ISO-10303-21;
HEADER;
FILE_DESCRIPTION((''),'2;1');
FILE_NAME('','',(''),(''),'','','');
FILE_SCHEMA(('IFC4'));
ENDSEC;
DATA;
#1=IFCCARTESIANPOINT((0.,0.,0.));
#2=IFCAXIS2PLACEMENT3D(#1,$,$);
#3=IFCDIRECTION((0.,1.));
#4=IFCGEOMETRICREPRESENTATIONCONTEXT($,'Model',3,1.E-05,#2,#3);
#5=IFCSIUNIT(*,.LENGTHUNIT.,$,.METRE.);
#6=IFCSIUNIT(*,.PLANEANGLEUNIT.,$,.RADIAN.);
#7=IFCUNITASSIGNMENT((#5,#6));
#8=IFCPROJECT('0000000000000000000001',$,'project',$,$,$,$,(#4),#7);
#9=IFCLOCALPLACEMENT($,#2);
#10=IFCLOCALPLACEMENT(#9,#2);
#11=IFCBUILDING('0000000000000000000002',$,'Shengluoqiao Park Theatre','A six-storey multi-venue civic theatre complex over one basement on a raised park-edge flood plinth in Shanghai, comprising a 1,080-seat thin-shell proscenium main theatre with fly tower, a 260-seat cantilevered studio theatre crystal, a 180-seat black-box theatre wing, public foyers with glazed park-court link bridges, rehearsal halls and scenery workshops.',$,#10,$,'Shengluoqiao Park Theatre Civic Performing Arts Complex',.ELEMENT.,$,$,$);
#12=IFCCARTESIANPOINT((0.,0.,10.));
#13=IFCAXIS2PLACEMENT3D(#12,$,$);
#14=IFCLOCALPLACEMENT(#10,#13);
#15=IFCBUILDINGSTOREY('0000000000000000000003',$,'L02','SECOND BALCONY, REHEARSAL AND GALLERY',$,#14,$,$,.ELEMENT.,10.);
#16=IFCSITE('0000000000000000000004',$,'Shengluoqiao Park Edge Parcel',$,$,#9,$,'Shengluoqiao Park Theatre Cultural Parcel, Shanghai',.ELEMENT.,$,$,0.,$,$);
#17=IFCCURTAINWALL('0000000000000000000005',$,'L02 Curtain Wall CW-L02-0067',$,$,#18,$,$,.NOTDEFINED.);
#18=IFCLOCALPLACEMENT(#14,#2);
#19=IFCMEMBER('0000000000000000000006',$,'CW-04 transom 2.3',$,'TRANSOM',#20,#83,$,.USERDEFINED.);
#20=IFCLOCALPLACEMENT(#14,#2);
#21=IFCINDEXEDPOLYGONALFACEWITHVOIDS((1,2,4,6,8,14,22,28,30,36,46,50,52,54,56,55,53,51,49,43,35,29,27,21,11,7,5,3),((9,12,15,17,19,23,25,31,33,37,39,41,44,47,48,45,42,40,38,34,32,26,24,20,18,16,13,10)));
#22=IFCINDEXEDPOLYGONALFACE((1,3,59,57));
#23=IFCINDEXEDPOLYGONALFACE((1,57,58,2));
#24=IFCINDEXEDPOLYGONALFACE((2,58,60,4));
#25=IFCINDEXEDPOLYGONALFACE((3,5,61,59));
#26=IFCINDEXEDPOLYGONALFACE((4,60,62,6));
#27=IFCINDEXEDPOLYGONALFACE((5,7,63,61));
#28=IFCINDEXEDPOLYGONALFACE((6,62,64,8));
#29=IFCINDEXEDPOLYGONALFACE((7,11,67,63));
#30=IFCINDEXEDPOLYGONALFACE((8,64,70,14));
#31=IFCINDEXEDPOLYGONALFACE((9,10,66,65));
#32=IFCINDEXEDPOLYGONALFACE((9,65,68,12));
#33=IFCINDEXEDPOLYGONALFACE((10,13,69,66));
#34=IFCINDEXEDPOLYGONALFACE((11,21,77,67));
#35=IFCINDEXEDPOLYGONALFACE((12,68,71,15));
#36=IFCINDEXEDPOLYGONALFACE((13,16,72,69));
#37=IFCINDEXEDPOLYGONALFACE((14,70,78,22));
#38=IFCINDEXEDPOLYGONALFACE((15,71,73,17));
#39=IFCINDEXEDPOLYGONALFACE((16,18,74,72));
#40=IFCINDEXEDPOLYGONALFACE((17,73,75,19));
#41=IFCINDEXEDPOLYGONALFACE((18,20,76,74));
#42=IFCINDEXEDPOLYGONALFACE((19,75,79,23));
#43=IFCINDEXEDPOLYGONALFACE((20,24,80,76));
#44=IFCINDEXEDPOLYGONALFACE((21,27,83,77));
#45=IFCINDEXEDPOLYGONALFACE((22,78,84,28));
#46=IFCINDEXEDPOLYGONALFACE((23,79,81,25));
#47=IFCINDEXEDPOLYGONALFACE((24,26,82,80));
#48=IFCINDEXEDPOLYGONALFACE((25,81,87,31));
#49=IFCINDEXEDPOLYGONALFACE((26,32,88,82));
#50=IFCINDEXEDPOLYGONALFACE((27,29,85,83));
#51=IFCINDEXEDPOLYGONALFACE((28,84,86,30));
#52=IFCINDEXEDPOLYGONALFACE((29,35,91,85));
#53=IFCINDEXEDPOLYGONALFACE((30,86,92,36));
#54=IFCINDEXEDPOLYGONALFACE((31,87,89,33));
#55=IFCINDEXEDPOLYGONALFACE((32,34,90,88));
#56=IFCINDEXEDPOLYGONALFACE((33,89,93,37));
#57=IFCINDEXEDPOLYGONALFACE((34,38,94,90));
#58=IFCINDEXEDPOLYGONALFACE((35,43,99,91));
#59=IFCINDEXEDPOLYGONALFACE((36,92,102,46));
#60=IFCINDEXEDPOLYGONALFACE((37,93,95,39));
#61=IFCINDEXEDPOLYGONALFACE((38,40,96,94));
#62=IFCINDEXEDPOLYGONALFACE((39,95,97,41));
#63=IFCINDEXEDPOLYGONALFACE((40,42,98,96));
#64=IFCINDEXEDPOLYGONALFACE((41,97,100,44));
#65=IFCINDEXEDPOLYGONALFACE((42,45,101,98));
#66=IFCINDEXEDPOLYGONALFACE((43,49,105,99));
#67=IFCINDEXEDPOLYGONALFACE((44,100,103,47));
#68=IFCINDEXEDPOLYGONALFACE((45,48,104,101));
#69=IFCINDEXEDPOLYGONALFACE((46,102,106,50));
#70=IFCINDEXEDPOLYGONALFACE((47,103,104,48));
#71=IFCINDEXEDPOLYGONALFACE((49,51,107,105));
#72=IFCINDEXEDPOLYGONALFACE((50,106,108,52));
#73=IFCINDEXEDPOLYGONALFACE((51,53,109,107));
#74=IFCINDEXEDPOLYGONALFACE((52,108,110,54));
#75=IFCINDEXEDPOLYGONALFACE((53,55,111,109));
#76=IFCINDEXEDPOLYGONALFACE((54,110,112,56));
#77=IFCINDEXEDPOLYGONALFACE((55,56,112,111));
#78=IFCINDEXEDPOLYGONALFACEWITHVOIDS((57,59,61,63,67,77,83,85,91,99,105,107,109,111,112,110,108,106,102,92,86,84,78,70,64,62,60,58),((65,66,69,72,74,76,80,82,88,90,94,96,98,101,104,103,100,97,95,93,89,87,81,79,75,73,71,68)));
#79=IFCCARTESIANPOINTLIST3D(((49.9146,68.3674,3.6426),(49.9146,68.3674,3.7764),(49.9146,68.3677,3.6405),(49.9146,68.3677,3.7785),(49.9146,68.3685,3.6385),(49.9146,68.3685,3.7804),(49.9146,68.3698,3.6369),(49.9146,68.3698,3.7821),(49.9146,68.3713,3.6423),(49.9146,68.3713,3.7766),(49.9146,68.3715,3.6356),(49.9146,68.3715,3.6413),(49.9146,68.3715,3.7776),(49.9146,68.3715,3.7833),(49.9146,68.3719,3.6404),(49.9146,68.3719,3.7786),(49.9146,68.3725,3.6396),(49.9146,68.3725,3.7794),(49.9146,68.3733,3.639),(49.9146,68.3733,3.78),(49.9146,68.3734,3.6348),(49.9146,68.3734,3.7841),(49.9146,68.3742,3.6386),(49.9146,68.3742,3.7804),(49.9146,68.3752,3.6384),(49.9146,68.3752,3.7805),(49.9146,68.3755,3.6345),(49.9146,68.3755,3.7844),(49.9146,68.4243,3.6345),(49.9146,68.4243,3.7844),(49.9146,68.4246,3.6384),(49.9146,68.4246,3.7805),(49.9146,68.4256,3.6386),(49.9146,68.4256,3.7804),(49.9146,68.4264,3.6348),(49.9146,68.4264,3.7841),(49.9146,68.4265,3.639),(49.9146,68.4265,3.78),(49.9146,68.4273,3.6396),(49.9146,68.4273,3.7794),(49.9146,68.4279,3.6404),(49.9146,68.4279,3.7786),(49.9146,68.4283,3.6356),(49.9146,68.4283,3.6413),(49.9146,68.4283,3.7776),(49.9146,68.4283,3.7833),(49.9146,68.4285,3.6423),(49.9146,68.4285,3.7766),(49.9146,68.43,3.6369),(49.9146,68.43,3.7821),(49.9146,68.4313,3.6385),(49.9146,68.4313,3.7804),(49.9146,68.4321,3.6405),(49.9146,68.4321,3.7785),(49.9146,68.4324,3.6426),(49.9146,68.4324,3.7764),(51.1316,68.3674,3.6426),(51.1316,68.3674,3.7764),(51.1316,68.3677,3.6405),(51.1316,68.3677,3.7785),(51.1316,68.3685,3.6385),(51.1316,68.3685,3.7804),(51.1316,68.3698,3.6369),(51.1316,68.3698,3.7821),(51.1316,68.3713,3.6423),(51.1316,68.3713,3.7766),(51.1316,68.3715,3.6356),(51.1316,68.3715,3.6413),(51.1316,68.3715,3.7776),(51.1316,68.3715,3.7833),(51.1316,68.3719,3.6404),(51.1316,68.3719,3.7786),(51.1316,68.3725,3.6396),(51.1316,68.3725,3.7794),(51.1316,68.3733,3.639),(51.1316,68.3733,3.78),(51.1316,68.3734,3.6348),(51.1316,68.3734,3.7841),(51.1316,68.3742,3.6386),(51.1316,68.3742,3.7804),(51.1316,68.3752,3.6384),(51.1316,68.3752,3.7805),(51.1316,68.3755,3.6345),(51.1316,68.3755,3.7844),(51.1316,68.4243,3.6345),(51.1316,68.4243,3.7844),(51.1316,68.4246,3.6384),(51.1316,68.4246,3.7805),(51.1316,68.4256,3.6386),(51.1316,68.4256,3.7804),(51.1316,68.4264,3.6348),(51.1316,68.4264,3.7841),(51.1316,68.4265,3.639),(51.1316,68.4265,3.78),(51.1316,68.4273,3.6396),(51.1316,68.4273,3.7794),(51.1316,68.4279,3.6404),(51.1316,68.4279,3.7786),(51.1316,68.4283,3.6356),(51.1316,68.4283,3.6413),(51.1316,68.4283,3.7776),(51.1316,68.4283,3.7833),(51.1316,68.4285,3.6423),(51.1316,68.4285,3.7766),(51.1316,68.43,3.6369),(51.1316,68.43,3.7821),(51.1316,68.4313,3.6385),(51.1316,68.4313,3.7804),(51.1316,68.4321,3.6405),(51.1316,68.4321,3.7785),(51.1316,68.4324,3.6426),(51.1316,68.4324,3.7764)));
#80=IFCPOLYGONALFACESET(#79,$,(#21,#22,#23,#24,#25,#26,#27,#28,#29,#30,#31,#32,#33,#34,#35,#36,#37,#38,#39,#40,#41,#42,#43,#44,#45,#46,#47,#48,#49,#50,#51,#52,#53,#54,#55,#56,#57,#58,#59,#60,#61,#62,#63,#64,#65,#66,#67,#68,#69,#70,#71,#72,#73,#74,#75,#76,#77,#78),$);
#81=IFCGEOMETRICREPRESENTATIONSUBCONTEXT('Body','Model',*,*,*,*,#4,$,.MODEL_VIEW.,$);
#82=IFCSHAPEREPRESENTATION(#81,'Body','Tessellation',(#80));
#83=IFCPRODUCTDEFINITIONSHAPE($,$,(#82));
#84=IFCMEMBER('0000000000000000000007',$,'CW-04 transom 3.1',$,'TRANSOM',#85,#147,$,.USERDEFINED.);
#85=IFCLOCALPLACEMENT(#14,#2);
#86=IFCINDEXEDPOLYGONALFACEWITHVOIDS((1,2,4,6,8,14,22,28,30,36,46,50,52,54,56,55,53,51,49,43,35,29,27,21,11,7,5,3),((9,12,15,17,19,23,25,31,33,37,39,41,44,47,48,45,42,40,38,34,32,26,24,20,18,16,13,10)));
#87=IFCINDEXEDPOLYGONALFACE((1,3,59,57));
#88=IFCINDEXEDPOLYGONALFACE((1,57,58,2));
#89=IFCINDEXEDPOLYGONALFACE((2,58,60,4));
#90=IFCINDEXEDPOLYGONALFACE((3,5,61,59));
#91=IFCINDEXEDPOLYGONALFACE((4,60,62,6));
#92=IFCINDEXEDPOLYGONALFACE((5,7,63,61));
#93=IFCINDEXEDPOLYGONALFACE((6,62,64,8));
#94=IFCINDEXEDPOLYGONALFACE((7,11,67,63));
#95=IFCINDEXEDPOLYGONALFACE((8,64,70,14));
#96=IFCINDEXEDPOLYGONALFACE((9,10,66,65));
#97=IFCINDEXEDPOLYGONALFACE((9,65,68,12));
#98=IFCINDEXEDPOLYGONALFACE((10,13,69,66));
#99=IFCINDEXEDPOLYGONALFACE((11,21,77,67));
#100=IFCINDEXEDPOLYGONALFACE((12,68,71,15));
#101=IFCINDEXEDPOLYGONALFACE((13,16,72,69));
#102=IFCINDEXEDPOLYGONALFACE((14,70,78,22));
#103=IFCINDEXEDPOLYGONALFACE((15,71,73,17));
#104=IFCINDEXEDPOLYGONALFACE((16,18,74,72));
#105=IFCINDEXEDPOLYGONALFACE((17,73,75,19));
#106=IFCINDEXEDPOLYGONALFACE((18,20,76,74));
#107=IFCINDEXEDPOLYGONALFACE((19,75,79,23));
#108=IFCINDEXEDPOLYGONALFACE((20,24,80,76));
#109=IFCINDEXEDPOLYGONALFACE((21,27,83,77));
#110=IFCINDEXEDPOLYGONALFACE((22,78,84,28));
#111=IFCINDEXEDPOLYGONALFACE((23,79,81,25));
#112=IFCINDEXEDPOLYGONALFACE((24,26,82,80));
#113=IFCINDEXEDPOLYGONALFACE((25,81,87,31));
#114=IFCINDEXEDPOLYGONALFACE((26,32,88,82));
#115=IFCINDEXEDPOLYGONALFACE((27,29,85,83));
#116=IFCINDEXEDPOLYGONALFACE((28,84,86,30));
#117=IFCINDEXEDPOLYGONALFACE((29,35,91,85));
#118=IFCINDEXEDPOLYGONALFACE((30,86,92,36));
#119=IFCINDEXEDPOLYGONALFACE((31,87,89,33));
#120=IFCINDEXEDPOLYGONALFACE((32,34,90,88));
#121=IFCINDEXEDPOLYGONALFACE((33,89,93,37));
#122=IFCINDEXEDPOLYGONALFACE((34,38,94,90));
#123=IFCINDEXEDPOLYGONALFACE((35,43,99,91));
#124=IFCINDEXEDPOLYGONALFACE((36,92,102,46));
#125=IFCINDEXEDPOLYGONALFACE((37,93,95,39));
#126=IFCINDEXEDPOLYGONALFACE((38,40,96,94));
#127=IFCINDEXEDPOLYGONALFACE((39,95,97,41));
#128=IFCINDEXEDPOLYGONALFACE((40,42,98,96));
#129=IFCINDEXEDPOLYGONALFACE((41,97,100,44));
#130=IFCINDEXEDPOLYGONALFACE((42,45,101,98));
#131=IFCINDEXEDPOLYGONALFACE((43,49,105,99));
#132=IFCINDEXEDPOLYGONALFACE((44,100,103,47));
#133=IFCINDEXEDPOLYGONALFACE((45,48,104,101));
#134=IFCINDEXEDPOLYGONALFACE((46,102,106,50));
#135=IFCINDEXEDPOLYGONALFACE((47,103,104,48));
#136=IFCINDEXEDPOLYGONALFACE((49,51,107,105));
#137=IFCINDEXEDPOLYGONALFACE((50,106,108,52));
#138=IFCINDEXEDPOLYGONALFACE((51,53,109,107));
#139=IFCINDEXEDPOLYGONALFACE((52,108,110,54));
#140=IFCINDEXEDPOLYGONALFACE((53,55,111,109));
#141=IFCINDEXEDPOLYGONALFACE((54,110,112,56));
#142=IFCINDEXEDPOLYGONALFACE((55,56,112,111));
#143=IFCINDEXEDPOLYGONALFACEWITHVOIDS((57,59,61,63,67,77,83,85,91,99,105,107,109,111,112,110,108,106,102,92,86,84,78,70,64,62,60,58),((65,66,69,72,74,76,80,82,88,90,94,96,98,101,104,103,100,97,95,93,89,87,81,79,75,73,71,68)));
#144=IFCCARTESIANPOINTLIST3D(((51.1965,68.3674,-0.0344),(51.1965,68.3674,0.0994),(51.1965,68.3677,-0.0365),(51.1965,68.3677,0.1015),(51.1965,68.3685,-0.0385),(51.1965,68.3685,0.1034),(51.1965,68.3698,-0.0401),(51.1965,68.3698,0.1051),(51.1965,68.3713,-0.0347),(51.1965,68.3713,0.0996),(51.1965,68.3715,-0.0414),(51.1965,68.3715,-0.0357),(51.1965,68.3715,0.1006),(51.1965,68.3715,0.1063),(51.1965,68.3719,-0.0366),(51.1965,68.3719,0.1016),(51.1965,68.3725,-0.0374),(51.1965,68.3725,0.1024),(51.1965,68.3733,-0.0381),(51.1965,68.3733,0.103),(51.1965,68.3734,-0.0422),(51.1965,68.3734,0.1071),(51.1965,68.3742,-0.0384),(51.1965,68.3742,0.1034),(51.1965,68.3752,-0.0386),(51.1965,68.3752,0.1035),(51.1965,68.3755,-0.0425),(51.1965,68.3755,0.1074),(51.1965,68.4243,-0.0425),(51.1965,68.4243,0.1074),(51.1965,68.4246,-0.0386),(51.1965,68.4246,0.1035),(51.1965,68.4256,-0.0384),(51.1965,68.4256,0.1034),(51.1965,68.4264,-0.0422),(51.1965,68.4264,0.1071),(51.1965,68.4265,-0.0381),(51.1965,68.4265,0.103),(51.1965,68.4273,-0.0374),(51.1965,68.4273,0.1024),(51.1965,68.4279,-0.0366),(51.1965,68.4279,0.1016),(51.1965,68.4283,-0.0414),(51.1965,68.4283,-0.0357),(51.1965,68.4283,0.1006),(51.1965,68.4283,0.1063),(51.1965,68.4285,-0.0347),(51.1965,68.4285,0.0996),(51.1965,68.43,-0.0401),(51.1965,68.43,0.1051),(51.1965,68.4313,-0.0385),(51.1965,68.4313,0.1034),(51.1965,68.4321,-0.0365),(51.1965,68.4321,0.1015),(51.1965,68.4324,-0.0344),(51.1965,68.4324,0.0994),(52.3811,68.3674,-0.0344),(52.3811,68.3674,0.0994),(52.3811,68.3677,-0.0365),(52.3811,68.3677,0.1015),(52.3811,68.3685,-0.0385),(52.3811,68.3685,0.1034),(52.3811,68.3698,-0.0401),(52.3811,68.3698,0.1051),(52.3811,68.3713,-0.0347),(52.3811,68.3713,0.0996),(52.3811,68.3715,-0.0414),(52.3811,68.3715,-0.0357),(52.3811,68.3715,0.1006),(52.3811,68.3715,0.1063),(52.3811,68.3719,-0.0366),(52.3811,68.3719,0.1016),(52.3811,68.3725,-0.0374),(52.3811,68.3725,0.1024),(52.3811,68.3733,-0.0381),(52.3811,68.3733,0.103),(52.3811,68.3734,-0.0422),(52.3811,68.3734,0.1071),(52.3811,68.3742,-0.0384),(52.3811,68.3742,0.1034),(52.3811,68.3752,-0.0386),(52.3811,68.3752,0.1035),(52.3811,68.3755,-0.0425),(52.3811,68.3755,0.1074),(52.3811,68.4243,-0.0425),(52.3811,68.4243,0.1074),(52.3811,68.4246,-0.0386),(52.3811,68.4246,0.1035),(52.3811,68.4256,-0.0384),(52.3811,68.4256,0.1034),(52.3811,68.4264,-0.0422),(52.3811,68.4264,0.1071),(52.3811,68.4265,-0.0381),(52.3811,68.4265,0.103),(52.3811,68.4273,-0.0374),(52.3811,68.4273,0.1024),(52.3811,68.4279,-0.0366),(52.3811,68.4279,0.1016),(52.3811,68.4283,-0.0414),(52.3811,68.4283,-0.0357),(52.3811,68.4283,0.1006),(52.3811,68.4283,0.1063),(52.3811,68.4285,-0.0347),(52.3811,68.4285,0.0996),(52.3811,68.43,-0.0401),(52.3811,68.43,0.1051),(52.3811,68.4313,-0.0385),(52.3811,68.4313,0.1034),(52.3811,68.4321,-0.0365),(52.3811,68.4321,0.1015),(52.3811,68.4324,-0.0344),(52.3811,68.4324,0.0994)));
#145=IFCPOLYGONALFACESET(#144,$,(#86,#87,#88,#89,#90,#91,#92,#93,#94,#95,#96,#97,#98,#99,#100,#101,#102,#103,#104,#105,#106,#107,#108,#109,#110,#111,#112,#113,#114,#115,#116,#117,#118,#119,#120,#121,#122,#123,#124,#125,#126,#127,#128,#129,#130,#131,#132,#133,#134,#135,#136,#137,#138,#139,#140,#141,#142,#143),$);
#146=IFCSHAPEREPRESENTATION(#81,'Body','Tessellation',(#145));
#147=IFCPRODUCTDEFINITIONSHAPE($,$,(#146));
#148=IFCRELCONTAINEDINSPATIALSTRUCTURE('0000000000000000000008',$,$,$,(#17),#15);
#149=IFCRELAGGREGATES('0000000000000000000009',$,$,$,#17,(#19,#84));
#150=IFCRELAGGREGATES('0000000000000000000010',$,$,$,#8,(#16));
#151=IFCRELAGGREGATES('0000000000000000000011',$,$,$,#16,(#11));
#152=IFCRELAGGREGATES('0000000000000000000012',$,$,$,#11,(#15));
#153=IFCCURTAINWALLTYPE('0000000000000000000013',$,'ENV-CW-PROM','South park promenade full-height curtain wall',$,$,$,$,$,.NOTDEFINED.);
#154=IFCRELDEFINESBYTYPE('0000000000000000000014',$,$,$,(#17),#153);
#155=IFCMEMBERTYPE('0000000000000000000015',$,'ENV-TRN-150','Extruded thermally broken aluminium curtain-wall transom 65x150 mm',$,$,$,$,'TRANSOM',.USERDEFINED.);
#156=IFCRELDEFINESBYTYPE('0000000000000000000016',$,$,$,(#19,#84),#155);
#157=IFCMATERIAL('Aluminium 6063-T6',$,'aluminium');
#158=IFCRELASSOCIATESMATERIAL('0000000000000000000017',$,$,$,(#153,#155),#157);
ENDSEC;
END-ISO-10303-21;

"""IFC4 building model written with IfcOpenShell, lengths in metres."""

from ifc_helpers import new_model, si_unit, direction, frame, origin, origin_2d, place, context, subcontext, project, spatial, hollow_rectangle, extrude, material, material_profile, profile_set, type_object, element, aggregate, save


model = new_model("IFC4")

# Units and contexts
model_context = context("Model", 3, precision=1e-05, world=origin(), true_north=direction((0.0, 1.0)))
body_context = subcontext(model_context, "Body", "Model", "MODEL_VIEW")
ifc_project = project(units=[si_unit("LENGTHUNIT", "METRE"), si_unit("PLANEANGLEUNIT", "RADIAN")], contexts=[model_context])

# Site, building, storey
site_placement = place(None, origin())
site = spatial("IfcSite", under=ifc_project, at=site_placement, Name="Shengluoqiao Park Edge Parcel", LongName="Shengluoqiao Park Theatre Cultural Parcel, Shanghai", CompositionType="ELEMENT", RefElevation=0.0)
building_placement = place(site_placement, origin())
building = spatial("IfcBuilding", under=site, at=building_placement, Name="Shengluoqiao Park Theatre", Description="A six-storey multi-venue civic theatre complex over one basement on a raised park-edge flood plinth in Shanghai, comprising a 1,080-seat thin-shell proscenium main theatre with fly tower, a 260-seat cantilevered studio theatre crystal, a 180-seat black-box theatre wing, public foyers with glazed park-court link bridges, rehearsal halls and scenery workshops.", LongName="Shengluoqiao Park Theatre Civic Performing Arts Complex", CompositionType="ELEMENT")
storey_placement = place(building_placement, frame((0.0, 0.0, 10.0)))
storey = spatial("IfcBuildingStorey", under=building, at=storey_placement, Name="L02", Description="SECOND BALCONY, REHEARSAL AND GALLERY", CompositionType="ELEMENT", Elevation=10.0)

# Curtain wall
ifc_material_1 = material(Name="Aluminium 6063-T6", Category="aluminium")
curtain_wall_type = type_object("IfcCurtainWallType", Name="ENV-CW-PROM", Description="South park promenade full-height curtain wall", PredefinedType="NOTDEFINED", material=ifc_material_1)
curtain_wall_1_placement = place(storey_placement, origin())
curtain_wall_1 = element("IfcCurtainWall", 1, at=curtain_wall_1_placement, inside=storey, type_object=curtain_wall_type, Name="L02 Curtain Wall CW-L02-0067", PredefinedType="NOTDEFINED")

# Members
ifc_material_profile_1 = material_profile(ifc_material_1, hollow_rectangle(XDim=0.0649, YDim=0.1499, WallThickness=0.0039, InnerFilletRadius=0.0039, OuterFilletRadius=0.0081, at=origin_2d()), Name="ALU TRANSOM 150x65x4")
ifc_profile_set_1 = profile_set([ifc_material_profile_1], Name="Aluminium 6063-T6")
member_type_1 = type_object("IfcMemberType", Name="ENV-TRN-150", Description="Extruded thermally broken aluminium curtain-wall transom 65x150 mm", ElementType="TRANSOM", PredefinedType="USERDEFINED", material=ifc_profile_set_1)
member_1_placement = place(storey_placement, frame((49.9146, 68.3999, 3.7095), z_axis=(1.0, 0.0, 0.0), x_axis=(0.0, 1.0, 0.0)))
member_1 = element("IfcMember", 2, at=member_1_placement, type_object=member_type_1, Name="CW-04 transom 2.3", ObjectType="TRANSOM", PredefinedType="USERDEFINED", context=body_context, shape_type="SweptSolid", body=[
    extrude(hollow_rectangle(XDim=0.0649, YDim=0.1499, WallThickness=0.0039, InnerFilletRadius=0.0039, OuterFilletRadius=0.0081, at=origin_2d()), origin(), (0.0, 0.0, 1.0), 1.217),
])
member_2_placement = place(storey_placement, frame((51.1965, 68.3999, 0.0325), z_axis=(1.0, 0.0, 0.0), x_axis=(0.0, 1.0, 0.0)))
member_2 = element("IfcMember", 3, at=member_2_placement, type_object=member_type_1, Name="CW-04 transom 3.1", ObjectType="TRANSOM", PredefinedType="USERDEFINED", context=body_context, shape_type="SweptSolid", body=[
    extrude(hollow_rectangle(XDim=0.0649, YDim=0.1499, WallThickness=0.0039, InnerFilletRadius=0.0039, OuterFilletRadius=0.0081, at=origin_2d()), origin(), (0.0, 0.0, 1.0), 1.1846),
])

aggregate(curtain_wall_1, [member_1, member_2])

save(model, "model.ifc")
